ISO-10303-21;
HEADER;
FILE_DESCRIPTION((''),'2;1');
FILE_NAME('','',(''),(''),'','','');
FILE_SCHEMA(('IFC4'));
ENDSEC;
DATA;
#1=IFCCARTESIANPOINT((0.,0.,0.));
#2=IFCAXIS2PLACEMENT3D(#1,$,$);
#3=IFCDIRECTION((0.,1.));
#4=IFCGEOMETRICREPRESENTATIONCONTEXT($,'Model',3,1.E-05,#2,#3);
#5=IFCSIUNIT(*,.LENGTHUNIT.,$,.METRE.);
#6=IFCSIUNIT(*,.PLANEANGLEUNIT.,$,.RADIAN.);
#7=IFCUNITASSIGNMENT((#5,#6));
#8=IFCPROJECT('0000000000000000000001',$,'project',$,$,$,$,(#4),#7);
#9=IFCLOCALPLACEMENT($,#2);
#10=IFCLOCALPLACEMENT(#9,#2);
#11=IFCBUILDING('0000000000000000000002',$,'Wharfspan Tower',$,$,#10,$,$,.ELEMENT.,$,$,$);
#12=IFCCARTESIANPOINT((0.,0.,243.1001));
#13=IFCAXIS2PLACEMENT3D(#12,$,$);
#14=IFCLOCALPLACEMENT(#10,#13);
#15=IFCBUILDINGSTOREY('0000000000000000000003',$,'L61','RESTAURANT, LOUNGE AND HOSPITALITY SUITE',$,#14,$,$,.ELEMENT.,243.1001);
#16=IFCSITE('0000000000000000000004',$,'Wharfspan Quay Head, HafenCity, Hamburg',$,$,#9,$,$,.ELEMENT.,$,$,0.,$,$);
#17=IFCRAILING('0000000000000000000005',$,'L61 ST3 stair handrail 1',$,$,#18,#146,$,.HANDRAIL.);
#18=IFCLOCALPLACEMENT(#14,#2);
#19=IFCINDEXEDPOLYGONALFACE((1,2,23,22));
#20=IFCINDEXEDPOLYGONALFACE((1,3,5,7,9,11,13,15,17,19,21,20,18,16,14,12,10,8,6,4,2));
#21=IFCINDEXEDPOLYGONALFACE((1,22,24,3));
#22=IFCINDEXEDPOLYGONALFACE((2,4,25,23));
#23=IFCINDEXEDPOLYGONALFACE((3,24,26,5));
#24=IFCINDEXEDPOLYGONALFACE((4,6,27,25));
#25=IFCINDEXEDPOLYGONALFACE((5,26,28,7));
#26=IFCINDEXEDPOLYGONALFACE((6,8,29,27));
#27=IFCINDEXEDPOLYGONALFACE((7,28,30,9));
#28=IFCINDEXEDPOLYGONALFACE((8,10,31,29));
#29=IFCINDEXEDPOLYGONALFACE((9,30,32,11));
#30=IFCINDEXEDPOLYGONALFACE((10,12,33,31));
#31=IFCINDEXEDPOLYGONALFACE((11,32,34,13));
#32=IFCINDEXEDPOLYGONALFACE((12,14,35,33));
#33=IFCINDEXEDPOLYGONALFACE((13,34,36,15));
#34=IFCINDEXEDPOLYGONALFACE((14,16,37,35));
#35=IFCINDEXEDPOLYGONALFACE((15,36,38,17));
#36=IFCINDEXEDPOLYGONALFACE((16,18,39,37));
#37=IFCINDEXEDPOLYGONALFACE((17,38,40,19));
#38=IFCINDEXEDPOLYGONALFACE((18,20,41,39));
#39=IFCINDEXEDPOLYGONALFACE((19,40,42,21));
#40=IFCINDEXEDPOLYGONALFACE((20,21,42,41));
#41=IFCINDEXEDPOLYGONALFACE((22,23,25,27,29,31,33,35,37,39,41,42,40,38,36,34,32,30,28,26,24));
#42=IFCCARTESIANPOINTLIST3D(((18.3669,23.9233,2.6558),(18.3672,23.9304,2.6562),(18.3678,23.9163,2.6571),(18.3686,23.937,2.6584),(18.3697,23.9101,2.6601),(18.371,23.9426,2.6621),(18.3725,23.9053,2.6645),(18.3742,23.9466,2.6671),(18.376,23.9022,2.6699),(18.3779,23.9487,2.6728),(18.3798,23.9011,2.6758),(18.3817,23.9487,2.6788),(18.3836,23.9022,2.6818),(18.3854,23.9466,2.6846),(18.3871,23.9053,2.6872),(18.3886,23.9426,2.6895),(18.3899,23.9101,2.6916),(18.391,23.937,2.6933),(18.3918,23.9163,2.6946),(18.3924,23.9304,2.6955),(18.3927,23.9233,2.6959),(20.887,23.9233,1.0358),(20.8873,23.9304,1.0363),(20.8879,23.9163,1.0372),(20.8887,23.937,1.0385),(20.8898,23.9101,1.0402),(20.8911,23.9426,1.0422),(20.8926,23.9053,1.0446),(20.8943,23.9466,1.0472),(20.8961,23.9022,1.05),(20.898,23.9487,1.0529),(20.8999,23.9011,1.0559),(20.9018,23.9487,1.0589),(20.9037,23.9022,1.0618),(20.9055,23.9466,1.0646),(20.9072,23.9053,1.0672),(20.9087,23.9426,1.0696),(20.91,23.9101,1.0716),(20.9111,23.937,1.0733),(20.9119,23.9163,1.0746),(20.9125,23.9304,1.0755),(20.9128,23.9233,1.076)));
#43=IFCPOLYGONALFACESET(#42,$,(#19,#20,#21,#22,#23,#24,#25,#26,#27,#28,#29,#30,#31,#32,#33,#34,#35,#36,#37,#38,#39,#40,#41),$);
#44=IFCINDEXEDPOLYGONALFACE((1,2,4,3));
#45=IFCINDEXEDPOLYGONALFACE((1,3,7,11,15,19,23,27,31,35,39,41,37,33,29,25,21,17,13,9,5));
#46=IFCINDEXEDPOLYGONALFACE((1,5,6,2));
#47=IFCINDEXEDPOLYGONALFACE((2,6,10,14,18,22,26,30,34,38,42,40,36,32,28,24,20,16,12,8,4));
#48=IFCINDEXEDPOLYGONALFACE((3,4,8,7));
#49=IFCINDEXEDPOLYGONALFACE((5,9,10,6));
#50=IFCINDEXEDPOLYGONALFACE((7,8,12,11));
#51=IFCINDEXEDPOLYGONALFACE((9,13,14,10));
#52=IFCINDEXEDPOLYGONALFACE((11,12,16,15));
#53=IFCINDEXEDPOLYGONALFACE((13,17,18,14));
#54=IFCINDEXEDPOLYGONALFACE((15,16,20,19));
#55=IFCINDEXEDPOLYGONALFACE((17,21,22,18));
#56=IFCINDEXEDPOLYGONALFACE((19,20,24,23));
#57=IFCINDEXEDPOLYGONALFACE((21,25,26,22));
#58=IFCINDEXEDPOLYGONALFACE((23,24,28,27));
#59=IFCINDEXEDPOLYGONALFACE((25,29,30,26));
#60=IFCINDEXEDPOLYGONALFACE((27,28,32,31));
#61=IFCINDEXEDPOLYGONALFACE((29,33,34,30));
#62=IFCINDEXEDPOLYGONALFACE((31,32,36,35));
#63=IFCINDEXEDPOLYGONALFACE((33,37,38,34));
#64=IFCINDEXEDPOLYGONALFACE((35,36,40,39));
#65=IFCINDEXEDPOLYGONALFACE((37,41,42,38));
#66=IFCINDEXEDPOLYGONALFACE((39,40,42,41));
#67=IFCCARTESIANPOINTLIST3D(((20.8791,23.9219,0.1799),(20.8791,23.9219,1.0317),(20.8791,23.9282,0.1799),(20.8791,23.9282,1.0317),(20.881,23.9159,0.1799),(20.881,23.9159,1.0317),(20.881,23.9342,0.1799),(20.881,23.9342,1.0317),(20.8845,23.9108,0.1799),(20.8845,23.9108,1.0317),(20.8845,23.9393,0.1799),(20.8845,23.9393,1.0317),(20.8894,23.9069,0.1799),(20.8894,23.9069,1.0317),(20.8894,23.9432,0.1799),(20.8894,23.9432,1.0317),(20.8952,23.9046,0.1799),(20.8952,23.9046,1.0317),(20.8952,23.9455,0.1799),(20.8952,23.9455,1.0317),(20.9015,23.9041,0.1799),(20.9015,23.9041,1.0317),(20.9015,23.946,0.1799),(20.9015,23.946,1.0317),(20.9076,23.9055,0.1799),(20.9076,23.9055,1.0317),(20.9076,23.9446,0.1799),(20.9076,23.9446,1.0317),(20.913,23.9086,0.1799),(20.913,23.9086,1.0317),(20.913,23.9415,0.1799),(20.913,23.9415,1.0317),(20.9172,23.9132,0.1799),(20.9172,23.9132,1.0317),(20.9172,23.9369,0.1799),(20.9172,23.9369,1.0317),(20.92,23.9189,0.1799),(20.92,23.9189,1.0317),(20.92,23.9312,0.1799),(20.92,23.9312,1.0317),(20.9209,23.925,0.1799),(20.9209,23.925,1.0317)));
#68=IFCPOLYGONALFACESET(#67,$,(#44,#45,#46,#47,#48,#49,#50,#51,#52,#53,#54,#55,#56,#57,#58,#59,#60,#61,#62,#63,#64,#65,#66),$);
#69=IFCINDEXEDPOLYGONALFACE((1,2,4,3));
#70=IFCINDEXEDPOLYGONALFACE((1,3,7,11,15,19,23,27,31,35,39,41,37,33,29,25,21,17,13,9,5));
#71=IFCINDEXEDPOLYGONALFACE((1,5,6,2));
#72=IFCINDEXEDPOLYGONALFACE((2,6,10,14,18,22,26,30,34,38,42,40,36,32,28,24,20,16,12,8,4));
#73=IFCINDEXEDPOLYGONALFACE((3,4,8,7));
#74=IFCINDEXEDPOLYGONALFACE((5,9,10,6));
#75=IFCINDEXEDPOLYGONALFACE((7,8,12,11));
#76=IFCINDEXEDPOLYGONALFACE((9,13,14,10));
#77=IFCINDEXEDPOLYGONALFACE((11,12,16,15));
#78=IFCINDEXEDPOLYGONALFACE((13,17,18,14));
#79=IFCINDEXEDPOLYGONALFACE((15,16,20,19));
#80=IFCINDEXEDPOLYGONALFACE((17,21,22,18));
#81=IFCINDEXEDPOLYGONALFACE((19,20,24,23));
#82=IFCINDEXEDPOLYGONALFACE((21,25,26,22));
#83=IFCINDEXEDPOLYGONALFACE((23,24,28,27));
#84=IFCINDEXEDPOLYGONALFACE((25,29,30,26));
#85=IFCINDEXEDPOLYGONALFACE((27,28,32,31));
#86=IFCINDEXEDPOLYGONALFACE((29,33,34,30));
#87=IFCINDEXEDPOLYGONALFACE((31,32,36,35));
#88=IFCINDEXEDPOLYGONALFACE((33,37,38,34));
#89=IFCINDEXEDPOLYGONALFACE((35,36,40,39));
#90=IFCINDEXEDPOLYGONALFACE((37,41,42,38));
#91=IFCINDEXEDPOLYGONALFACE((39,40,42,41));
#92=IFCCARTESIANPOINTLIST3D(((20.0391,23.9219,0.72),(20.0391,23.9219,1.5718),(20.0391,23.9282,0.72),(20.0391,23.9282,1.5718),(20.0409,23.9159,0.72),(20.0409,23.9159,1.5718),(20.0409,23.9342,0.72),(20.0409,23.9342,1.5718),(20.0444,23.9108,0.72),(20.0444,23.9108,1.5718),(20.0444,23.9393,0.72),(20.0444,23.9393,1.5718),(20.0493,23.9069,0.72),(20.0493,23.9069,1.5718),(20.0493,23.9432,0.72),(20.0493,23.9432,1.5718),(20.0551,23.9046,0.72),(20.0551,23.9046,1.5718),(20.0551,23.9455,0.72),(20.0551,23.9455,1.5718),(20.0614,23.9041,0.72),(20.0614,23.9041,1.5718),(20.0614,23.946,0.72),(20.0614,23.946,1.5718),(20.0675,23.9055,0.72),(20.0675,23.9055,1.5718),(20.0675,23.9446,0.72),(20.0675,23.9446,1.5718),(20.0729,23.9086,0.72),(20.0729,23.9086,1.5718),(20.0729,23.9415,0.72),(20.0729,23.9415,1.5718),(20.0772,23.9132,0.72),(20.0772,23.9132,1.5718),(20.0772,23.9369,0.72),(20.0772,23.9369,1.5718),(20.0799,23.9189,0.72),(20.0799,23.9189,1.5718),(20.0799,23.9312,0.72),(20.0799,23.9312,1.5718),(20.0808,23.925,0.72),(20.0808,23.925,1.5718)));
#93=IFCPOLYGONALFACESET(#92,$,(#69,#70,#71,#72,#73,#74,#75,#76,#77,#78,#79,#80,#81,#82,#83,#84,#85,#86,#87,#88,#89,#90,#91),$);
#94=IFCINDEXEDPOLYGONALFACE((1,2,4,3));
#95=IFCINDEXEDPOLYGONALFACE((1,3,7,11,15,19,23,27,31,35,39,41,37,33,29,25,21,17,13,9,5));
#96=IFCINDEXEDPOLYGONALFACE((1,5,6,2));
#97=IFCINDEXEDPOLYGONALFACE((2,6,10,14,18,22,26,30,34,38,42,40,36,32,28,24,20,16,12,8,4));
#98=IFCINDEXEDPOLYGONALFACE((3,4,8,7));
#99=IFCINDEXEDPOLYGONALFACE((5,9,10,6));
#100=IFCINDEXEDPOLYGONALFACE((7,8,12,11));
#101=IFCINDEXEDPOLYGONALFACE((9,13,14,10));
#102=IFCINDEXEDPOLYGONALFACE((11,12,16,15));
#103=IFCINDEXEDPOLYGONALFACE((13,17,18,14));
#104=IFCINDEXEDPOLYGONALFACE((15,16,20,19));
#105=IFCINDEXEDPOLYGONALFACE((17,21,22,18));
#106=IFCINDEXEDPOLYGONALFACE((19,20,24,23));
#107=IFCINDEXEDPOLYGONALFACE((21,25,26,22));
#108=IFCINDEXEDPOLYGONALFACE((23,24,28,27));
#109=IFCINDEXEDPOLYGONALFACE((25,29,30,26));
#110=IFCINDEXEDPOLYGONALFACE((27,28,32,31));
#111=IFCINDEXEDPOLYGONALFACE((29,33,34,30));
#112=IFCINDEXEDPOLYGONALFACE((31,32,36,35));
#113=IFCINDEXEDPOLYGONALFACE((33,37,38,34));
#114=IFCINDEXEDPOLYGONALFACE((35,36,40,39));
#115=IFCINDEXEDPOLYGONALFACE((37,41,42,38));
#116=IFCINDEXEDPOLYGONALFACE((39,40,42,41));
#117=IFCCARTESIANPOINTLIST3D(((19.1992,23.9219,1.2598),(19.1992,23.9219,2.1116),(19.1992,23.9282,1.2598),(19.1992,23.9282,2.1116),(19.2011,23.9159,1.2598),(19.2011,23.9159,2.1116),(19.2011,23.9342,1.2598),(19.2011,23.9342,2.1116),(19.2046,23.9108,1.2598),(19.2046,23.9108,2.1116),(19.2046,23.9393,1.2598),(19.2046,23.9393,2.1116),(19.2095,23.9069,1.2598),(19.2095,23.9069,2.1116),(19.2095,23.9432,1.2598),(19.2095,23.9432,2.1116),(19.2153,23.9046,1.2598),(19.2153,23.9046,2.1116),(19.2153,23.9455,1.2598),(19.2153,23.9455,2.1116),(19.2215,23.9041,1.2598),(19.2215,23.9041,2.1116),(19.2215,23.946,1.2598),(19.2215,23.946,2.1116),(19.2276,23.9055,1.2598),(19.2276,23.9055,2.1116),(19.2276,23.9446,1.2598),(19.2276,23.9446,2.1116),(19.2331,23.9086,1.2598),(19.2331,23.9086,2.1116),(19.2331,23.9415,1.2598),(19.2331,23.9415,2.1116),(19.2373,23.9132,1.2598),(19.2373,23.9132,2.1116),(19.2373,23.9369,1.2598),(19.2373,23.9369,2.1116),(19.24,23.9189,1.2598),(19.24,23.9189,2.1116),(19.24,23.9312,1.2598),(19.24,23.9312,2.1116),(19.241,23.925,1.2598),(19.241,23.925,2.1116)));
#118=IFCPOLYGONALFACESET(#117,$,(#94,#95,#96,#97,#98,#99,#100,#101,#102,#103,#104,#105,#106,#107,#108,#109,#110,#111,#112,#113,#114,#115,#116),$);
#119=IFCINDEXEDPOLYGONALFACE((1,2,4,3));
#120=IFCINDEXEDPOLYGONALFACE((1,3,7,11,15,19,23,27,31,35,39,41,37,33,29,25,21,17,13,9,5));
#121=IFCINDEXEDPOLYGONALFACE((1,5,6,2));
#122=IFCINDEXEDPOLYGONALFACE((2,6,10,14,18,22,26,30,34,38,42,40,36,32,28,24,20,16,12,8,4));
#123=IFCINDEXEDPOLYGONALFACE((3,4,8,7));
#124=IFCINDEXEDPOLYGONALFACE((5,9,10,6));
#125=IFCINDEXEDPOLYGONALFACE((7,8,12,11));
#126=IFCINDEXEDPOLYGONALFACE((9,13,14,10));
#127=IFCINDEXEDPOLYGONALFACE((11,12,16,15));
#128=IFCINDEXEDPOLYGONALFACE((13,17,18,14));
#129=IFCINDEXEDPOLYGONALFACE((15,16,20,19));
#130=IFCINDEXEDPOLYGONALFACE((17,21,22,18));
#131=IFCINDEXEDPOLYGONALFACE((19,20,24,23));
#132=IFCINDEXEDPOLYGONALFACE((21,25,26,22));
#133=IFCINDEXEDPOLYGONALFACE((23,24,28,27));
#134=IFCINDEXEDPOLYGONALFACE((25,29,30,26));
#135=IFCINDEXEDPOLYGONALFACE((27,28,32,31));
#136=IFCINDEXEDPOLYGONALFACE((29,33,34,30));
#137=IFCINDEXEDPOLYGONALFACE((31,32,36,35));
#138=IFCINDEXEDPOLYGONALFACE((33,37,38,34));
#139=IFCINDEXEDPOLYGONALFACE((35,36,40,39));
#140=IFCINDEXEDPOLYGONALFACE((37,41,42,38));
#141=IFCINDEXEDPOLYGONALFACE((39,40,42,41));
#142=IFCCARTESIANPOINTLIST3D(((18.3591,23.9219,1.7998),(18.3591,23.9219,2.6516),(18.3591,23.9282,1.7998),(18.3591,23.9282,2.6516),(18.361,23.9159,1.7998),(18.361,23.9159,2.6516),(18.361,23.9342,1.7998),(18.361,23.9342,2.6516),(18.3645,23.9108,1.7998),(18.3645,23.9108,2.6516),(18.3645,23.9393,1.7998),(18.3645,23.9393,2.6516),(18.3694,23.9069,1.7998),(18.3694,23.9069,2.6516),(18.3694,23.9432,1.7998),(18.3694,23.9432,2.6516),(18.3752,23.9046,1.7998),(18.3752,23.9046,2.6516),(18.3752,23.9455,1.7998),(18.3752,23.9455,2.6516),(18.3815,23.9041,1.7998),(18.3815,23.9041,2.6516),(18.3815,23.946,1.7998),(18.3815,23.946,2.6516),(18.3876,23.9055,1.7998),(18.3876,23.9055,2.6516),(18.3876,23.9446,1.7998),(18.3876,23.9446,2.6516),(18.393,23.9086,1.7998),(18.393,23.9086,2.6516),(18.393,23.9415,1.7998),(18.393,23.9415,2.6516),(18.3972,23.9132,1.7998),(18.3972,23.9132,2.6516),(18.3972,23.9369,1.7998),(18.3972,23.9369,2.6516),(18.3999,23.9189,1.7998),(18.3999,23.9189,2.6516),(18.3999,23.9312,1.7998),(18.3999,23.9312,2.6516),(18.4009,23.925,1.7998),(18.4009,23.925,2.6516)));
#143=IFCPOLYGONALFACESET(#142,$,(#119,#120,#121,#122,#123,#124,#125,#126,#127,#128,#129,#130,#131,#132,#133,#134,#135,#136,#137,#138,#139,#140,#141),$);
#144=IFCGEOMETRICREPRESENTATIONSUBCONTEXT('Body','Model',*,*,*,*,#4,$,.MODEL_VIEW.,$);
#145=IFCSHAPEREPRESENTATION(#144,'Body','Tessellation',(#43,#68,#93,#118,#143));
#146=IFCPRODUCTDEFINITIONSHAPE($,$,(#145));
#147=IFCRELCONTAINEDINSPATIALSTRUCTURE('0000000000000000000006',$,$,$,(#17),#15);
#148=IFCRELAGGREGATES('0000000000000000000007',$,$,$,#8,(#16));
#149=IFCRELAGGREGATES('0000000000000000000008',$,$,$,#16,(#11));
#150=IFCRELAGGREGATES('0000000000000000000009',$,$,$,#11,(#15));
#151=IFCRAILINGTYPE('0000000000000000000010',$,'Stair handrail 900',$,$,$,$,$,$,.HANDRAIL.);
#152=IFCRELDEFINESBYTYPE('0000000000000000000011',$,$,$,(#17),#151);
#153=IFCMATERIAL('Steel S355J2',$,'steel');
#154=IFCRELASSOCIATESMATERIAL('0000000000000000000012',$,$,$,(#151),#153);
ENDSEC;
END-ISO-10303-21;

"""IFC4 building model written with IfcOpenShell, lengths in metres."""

from ifc_helpers import new_model, si_unit, direction, frame, origin, origin_2d, place, context, subcontext, project, spatial, circle, extrude, material, type_object, element, save


model = new_model("IFC4")

# Units and contexts
model_context = context("Model", 3, precision=1e-05, world=origin(), true_north=direction((0.0, 1.0)))
body_context = subcontext(model_context, "Body", "Model", "MODEL_VIEW")
ifc_project = project(units=[si_unit("LENGTHUNIT", "METRE"), si_unit("PLANEANGLEUNIT", "RADIAN")], contexts=[model_context])

# Site, building, storey
site_placement = place(None, origin())
site = spatial("IfcSite", under=ifc_project, at=site_placement, Name="Wharfspan Quay Head, HafenCity, Hamburg", CompositionType="ELEMENT", RefElevation=0.0)
building_placement = place(site_placement, origin())
building = spatial("IfcBuilding", under=site, at=building_placement, Name="Wharfspan Tower", CompositionType="ELEMENT")
storey_placement = place(building_placement, frame((0.0, 0.0, 243.1001)))
storey = spatial("IfcBuildingStorey", under=building, at=storey_placement, Name="L61", Description="RESTAURANT, LOUNGE AND HOSPITALITY SUITE", CompositionType="ELEMENT", Elevation=243.1001)

# Shared definitions
ifc_material_1 = material(Name="Steel S355J2", Category="steel")

# Railing
railing_type_1 = type_object("IfcRailingType", Name="Stair handrail 900", PredefinedType="HANDRAIL", material=ifc_material_1)
railing_1_placement = place(storey_placement, frame((20.8999, 23.925, 0.1799)))
element("IfcRailing", 1, at=railing_1_placement, inside=storey, type_object=railing_type_1, Name="L61 ST3 stair handrail 1", PredefinedType="HANDRAIL", context=body_context, shape_type="SweptSolid", body=[
    extrude(circle(Radius=0.0239, at=origin_2d()), frame((0.0, 0.0, 0.876), z_axis=(-0.8412, 0.0, 0.540725), x_axis=(0.0, -1.0, 0.0)), (0.0, 0.0, 1.0), 2.9958),
    extrude(circle(Radius=0.021, at=origin_2d()), origin(), (0.0, 0.0, 1.0), 0.8518),
    extrude(circle(Radius=0.021, at=origin_2d()), frame((-0.8401, 0.0, 0.54)), (0.0, 0.0, 1.0), 0.8518),
    extrude(circle(Radius=0.021, at=origin_2d()), frame((-1.6799, 0.0, 1.0798)), (0.0, 0.0, 1.0), 0.8518),
    extrude(circle(Radius=0.021, at=origin_2d()), frame((-2.52, 0.0, 1.6199)), (0.0, 0.0, 1.0), 0.8518),
])

save(model, "model.ifc")
